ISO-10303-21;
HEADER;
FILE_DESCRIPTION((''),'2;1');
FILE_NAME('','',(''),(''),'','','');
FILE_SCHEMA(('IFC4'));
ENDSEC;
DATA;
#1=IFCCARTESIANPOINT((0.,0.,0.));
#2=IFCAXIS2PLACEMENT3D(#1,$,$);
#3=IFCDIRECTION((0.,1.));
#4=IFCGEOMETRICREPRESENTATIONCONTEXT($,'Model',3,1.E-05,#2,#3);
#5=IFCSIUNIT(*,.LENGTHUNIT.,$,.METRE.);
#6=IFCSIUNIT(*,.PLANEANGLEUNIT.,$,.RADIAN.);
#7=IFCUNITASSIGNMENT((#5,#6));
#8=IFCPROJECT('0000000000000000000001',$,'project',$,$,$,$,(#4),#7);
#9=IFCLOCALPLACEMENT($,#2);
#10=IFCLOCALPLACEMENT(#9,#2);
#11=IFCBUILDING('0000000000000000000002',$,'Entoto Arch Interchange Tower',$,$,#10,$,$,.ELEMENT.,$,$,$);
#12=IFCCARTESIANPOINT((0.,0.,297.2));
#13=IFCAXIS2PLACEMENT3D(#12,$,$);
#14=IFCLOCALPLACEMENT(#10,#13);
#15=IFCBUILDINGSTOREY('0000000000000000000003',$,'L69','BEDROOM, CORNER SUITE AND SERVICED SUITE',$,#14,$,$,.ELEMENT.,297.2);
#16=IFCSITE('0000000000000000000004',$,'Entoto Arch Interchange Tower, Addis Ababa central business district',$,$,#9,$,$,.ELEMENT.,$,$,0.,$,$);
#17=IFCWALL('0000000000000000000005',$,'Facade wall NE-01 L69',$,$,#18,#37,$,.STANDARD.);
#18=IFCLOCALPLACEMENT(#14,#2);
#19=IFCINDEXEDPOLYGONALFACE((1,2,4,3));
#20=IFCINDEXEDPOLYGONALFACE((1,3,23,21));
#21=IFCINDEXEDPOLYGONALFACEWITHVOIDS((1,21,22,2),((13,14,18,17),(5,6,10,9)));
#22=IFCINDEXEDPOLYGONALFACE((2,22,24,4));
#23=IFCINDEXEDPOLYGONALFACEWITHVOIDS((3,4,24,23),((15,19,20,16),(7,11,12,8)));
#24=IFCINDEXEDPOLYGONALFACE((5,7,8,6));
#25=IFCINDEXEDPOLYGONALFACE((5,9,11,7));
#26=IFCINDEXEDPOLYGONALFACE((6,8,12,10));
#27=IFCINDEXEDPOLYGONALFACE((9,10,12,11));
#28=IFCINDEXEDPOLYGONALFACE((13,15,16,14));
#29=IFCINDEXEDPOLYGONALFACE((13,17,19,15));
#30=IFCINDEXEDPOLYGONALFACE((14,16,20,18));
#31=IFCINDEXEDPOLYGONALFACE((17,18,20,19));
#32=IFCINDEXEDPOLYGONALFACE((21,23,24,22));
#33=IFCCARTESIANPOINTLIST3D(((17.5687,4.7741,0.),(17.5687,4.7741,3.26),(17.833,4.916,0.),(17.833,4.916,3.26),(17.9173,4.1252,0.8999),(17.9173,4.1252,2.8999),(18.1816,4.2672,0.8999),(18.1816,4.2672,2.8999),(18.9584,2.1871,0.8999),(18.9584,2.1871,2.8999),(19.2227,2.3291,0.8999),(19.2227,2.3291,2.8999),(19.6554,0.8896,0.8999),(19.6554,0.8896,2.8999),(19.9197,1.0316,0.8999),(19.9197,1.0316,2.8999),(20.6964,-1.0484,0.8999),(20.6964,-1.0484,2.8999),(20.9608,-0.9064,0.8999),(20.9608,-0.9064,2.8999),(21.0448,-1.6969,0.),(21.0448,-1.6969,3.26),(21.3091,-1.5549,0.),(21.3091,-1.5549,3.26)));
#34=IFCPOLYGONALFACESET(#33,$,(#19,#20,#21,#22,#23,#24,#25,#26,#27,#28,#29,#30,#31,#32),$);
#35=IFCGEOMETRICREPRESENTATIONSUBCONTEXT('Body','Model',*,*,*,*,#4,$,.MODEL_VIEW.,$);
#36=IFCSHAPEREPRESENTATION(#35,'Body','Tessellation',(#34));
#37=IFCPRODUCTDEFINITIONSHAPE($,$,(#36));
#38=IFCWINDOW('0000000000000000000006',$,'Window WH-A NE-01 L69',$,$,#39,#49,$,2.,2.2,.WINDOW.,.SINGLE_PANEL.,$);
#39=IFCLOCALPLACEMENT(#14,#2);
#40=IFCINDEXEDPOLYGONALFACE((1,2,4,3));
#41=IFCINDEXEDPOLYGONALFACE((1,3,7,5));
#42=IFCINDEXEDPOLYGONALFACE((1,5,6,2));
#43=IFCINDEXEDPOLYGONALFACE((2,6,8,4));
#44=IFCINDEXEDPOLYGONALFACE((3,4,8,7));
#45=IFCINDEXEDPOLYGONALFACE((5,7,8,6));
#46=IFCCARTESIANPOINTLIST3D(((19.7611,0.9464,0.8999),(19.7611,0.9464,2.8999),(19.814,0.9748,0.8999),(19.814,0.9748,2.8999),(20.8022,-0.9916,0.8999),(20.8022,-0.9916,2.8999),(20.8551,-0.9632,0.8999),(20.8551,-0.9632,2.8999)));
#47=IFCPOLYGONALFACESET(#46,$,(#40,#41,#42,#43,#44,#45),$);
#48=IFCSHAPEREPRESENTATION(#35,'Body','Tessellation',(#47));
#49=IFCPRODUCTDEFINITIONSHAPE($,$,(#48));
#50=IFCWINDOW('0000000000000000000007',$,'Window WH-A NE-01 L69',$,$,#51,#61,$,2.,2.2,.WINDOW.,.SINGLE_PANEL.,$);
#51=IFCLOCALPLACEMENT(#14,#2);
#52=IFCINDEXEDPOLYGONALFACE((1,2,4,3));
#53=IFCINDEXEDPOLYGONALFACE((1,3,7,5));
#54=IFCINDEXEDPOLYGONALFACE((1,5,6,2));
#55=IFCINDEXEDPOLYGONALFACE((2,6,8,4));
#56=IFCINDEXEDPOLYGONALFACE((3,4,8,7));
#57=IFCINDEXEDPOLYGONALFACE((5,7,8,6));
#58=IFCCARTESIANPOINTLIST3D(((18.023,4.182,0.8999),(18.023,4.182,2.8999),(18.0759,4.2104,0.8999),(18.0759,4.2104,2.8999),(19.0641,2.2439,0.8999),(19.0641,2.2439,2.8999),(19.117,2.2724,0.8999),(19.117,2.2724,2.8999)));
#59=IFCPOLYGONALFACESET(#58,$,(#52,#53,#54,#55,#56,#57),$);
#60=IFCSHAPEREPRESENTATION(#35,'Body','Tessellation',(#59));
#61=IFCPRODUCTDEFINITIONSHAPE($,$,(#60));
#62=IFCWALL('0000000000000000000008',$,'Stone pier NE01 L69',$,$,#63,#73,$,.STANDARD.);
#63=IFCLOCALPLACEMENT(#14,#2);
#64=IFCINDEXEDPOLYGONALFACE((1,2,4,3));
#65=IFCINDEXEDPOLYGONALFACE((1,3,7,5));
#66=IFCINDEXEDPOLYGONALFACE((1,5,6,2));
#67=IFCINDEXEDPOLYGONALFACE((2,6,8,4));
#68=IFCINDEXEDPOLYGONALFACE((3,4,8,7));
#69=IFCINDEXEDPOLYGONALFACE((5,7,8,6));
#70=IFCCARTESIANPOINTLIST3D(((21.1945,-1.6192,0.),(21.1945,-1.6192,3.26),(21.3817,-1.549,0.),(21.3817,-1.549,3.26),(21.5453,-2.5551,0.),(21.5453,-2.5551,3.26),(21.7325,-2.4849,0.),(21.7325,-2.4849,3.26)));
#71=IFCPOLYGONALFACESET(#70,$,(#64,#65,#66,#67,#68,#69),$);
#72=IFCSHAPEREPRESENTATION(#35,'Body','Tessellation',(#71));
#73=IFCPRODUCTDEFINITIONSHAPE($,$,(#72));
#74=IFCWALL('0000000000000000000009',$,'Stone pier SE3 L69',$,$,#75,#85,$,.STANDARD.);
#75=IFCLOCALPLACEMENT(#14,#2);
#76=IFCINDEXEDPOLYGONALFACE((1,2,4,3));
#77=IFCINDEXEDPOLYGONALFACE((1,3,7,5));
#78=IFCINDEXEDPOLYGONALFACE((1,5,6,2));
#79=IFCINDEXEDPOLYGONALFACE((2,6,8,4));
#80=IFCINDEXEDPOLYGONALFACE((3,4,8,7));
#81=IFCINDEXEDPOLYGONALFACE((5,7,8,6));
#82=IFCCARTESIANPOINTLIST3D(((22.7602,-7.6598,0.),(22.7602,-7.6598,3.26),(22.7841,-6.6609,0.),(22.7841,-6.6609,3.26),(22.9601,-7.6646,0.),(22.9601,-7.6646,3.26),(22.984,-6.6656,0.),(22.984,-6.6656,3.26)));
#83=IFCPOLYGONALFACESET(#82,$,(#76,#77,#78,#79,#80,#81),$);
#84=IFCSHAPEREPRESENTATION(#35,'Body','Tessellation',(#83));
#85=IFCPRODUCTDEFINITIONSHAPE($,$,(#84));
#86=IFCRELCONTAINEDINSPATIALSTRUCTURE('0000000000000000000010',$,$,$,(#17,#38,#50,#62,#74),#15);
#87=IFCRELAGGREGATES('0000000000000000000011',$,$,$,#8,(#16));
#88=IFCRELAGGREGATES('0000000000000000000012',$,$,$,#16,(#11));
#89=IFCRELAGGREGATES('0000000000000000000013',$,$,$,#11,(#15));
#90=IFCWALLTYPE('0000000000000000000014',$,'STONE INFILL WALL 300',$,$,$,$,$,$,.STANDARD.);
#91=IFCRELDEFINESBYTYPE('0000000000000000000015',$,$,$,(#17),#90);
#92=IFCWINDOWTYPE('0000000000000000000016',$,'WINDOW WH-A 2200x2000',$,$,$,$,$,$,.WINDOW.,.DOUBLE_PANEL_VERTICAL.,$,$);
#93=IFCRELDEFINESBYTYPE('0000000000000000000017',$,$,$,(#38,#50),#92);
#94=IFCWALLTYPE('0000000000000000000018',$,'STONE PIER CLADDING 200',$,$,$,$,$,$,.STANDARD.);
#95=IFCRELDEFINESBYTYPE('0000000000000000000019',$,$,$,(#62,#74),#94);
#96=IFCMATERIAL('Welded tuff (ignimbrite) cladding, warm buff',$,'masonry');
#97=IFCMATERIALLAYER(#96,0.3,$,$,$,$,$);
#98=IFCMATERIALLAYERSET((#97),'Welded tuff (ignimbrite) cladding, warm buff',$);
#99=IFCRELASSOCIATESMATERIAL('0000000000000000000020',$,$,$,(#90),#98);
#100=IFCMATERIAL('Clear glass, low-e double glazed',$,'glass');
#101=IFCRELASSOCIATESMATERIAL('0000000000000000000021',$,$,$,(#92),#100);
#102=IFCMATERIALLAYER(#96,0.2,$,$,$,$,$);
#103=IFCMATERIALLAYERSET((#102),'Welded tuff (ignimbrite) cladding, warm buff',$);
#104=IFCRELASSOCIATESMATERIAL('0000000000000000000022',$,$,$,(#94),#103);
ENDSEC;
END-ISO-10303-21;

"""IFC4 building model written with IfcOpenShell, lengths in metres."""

from ifc_helpers import new_model, si_unit, direction, frame, frame_2d, origin, place, context, subcontext, project, spatial, rectangle, extrude, material, layer, layer_set, type_object, element, fill, save


model = new_model("IFC4")

# Units and contexts
model_context = context("Model", 3, precision=1e-05, world=origin(), true_north=direction((0.0, 1.0)))
body_context = subcontext(model_context, "Body", "Model", "MODEL_VIEW")
ifc_project = project(units=[si_unit("LENGTHUNIT", "METRE"), si_unit("PLANEANGLEUNIT", "RADIAN")], contexts=[model_context])

# Site, building, storey
site_placement = place(None, origin())
site = spatial("IfcSite", under=ifc_project, at=site_placement, Name="Entoto Arch Interchange Tower, Addis Ababa central business district", CompositionType="ELEMENT", RefElevation=0.0)
building_placement = place(site_placement, origin())
building = spatial("IfcBuilding", under=site, at=building_placement, Name="Entoto Arch Interchange Tower", CompositionType="ELEMENT")
storey_placement = place(building_placement, frame((0.0, 0.0, 297.2)))
storey = spatial("IfcBuildingStorey", under=building, at=storey_placement, Name="L69", Description="BEDROOM, CORNER SUITE AND SERVICED SUITE", CompositionType="ELEMENT", Elevation=297.2)

# Shared definitions
ifc_material_1 = material(Name="Welded tuff (ignimbrite) cladding, warm buff", Category="masonry")
ifc_layer_1 = layer(ifc_material_1, 0.3)
ifc_layer_set_1 = layer_set([ifc_layer_1], Name="Welded tuff (ignimbrite) cladding, warm buff")
wall_type_1 = type_object("IfcWallType", Name="STONE INFILL WALL 300", PredefinedType="STANDARD", material=ifc_layer_set_1)
ifc_material_2 = material(Name="Clear glass, low-e double glazed", Category="glass")

# Wall, openings, windows
wall_1_placement = place(storey_placement, frame((21.177, -1.626, 0.0), z_axis=(0.0, 0.0, 1.0), x_axis=(-0.473226, 0.880941, 0.0)))
wall_1 = element("IfcWall", 1, at=wall_1_placement, inside=storey, type_object=wall_type_1, Name="Facade wall NE-01 L69", PredefinedType="STANDARD", context=body_context, shape_type="SweptSolid", body=[
    extrude(rectangle(XDim=7.3455, YDim=0.3, at=frame_2d((3.6729, 0.0))), origin(), (0.0, 0.0, 1.0), 3.26),
])
opening_1_placement = place(wall_1_placement, frame((0.7361, 0.0, 0.8999)))
opening_1 = element("IfcOpeningElement", 2, at=opening_1_placement, cuts=wall_1, PredefinedType="OPENING", context=body_context, shape_type="SweptSolid", body=[
    extrude(rectangle(XDim=2.2, YDim=2.0, at=frame_2d((1.1001, 1.0))), frame((0.0, 0.1602, 0.0), z_axis=(0.0, -1.0, 0.0), x_axis=(1.0, 0.0, 0.0)), (0.0, 0.0, 1.0), 0.3201),
])
opening_2_placement = place(wall_1_placement, frame((4.4089, 0.0, 0.8999)))
opening_2 = element("IfcOpeningElement", 3, at=opening_2_placement, cuts=wall_1, PredefinedType="OPENING", context=body_context, shape_type="SweptSolid", body=[
    extrude(rectangle(XDim=2.2, YDim=2.0, at=frame_2d((1.1001, 1.0))), frame((0.0, 0.1602, 0.0), z_axis=(0.0, -1.0, 0.0), x_axis=(1.0, 0.0, 0.0)), (0.0, 0.0, 1.0), 0.3201),
])
window_type_1 = type_object("IfcWindowType", Name="WINDOW WH-A 2200x2000", PartitioningType="DOUBLE_PANEL_VERTICAL", PredefinedType="WINDOW", material=ifc_material_2)
window_1_placement = place(opening_1_placement, origin())
window_1 = element("IfcWindow", 4, at=window_1_placement, inside=storey, type_object=window_type_1, Name="Window WH-A NE-01 L69", OverallHeight=2.0, OverallWidth=2.2, PartitioningType="SINGLE_PANEL", PredefinedType="WINDOW", context=body_context, shape_type="SweptSolid", body=[
    extrude(rectangle(XDim=2.2, YDim=2.0, at=frame_2d((1.1001, 1.0))), frame((0.0, 0.03, 0.0), z_axis=(0.0, -1.0, 0.0), x_axis=(1.0, 0.0, 0.0)), (0.0, 0.0, 1.0), 0.0601),
])
fill(opening_1, window_1)
window_2_placement = place(opening_2_placement, origin())
window_2 = element("IfcWindow", 5, at=window_2_placement, inside=storey, type_object=window_type_1, Name="Window WH-A NE-01 L69", OverallHeight=2.0, OverallWidth=2.2, PartitioningType="SINGLE_PANEL", PredefinedType="WINDOW", context=body_context, shape_type="SweptSolid", body=[
    extrude(rectangle(XDim=2.2, YDim=2.0, at=frame_2d((1.1001, 1.0))), frame((0.0, 0.03, 0.0), z_axis=(0.0, -1.0, 0.0), x_axis=(1.0, 0.0, 0.0)), (0.0, 0.0, 1.0), 0.0601),
])
fill(opening_2, window_2)

# Walls
ifc_layer_2 = layer(ifc_material_1, 0.2)
ifc_layer_set_2 = layer_set([ifc_layer_2], Name="Welded tuff (ignimbrite) cladding, warm buff")
wall_type_2 = type_object("IfcWallType", Name="STONE PIER CLADDING 200", PredefinedType="STANDARD", material=ifc_layer_set_2)
wall_2_placement = place(storey_placement, frame((21.6389, -2.52, 0.0), z_axis=(0.0, 0.0, 1.0), x_axis=(-0.350963, 0.936389, 0.0)))
element("IfcWall", 6, at=wall_2_placement, inside=storey, type_object=wall_type_2, Name="Stone pier NE01 L69", PredefinedType="STANDARD", context=body_context, shape_type="SweptSolid", body=[
    extrude(rectangle(XDim=0.9995, YDim=0.2, at=frame_2d((0.4998, 0.0))), origin(), (0.0, 0.0, 1.0), 3.26),
])
wall_3_placement = place(storey_placement, frame((22.8601, -7.6621, 0.0), z_axis=(0.0, 0.0, 1.0), x_axis=(0.023942, 0.999713, 0.0)))
element("IfcWall", 7, at=wall_3_placement, inside=storey, type_object=wall_type_2, Name="Stone pier SE3 L69", PredefinedType="STANDARD", context=body_context, shape_type="SweptSolid", body=[
    extrude(rectangle(XDim=0.9993, YDim=0.2, at=frame_2d((0.4995, 0.0))), origin(), (0.0, 0.0, 1.0), 3.26),
])

save(model, "model.ifc")
